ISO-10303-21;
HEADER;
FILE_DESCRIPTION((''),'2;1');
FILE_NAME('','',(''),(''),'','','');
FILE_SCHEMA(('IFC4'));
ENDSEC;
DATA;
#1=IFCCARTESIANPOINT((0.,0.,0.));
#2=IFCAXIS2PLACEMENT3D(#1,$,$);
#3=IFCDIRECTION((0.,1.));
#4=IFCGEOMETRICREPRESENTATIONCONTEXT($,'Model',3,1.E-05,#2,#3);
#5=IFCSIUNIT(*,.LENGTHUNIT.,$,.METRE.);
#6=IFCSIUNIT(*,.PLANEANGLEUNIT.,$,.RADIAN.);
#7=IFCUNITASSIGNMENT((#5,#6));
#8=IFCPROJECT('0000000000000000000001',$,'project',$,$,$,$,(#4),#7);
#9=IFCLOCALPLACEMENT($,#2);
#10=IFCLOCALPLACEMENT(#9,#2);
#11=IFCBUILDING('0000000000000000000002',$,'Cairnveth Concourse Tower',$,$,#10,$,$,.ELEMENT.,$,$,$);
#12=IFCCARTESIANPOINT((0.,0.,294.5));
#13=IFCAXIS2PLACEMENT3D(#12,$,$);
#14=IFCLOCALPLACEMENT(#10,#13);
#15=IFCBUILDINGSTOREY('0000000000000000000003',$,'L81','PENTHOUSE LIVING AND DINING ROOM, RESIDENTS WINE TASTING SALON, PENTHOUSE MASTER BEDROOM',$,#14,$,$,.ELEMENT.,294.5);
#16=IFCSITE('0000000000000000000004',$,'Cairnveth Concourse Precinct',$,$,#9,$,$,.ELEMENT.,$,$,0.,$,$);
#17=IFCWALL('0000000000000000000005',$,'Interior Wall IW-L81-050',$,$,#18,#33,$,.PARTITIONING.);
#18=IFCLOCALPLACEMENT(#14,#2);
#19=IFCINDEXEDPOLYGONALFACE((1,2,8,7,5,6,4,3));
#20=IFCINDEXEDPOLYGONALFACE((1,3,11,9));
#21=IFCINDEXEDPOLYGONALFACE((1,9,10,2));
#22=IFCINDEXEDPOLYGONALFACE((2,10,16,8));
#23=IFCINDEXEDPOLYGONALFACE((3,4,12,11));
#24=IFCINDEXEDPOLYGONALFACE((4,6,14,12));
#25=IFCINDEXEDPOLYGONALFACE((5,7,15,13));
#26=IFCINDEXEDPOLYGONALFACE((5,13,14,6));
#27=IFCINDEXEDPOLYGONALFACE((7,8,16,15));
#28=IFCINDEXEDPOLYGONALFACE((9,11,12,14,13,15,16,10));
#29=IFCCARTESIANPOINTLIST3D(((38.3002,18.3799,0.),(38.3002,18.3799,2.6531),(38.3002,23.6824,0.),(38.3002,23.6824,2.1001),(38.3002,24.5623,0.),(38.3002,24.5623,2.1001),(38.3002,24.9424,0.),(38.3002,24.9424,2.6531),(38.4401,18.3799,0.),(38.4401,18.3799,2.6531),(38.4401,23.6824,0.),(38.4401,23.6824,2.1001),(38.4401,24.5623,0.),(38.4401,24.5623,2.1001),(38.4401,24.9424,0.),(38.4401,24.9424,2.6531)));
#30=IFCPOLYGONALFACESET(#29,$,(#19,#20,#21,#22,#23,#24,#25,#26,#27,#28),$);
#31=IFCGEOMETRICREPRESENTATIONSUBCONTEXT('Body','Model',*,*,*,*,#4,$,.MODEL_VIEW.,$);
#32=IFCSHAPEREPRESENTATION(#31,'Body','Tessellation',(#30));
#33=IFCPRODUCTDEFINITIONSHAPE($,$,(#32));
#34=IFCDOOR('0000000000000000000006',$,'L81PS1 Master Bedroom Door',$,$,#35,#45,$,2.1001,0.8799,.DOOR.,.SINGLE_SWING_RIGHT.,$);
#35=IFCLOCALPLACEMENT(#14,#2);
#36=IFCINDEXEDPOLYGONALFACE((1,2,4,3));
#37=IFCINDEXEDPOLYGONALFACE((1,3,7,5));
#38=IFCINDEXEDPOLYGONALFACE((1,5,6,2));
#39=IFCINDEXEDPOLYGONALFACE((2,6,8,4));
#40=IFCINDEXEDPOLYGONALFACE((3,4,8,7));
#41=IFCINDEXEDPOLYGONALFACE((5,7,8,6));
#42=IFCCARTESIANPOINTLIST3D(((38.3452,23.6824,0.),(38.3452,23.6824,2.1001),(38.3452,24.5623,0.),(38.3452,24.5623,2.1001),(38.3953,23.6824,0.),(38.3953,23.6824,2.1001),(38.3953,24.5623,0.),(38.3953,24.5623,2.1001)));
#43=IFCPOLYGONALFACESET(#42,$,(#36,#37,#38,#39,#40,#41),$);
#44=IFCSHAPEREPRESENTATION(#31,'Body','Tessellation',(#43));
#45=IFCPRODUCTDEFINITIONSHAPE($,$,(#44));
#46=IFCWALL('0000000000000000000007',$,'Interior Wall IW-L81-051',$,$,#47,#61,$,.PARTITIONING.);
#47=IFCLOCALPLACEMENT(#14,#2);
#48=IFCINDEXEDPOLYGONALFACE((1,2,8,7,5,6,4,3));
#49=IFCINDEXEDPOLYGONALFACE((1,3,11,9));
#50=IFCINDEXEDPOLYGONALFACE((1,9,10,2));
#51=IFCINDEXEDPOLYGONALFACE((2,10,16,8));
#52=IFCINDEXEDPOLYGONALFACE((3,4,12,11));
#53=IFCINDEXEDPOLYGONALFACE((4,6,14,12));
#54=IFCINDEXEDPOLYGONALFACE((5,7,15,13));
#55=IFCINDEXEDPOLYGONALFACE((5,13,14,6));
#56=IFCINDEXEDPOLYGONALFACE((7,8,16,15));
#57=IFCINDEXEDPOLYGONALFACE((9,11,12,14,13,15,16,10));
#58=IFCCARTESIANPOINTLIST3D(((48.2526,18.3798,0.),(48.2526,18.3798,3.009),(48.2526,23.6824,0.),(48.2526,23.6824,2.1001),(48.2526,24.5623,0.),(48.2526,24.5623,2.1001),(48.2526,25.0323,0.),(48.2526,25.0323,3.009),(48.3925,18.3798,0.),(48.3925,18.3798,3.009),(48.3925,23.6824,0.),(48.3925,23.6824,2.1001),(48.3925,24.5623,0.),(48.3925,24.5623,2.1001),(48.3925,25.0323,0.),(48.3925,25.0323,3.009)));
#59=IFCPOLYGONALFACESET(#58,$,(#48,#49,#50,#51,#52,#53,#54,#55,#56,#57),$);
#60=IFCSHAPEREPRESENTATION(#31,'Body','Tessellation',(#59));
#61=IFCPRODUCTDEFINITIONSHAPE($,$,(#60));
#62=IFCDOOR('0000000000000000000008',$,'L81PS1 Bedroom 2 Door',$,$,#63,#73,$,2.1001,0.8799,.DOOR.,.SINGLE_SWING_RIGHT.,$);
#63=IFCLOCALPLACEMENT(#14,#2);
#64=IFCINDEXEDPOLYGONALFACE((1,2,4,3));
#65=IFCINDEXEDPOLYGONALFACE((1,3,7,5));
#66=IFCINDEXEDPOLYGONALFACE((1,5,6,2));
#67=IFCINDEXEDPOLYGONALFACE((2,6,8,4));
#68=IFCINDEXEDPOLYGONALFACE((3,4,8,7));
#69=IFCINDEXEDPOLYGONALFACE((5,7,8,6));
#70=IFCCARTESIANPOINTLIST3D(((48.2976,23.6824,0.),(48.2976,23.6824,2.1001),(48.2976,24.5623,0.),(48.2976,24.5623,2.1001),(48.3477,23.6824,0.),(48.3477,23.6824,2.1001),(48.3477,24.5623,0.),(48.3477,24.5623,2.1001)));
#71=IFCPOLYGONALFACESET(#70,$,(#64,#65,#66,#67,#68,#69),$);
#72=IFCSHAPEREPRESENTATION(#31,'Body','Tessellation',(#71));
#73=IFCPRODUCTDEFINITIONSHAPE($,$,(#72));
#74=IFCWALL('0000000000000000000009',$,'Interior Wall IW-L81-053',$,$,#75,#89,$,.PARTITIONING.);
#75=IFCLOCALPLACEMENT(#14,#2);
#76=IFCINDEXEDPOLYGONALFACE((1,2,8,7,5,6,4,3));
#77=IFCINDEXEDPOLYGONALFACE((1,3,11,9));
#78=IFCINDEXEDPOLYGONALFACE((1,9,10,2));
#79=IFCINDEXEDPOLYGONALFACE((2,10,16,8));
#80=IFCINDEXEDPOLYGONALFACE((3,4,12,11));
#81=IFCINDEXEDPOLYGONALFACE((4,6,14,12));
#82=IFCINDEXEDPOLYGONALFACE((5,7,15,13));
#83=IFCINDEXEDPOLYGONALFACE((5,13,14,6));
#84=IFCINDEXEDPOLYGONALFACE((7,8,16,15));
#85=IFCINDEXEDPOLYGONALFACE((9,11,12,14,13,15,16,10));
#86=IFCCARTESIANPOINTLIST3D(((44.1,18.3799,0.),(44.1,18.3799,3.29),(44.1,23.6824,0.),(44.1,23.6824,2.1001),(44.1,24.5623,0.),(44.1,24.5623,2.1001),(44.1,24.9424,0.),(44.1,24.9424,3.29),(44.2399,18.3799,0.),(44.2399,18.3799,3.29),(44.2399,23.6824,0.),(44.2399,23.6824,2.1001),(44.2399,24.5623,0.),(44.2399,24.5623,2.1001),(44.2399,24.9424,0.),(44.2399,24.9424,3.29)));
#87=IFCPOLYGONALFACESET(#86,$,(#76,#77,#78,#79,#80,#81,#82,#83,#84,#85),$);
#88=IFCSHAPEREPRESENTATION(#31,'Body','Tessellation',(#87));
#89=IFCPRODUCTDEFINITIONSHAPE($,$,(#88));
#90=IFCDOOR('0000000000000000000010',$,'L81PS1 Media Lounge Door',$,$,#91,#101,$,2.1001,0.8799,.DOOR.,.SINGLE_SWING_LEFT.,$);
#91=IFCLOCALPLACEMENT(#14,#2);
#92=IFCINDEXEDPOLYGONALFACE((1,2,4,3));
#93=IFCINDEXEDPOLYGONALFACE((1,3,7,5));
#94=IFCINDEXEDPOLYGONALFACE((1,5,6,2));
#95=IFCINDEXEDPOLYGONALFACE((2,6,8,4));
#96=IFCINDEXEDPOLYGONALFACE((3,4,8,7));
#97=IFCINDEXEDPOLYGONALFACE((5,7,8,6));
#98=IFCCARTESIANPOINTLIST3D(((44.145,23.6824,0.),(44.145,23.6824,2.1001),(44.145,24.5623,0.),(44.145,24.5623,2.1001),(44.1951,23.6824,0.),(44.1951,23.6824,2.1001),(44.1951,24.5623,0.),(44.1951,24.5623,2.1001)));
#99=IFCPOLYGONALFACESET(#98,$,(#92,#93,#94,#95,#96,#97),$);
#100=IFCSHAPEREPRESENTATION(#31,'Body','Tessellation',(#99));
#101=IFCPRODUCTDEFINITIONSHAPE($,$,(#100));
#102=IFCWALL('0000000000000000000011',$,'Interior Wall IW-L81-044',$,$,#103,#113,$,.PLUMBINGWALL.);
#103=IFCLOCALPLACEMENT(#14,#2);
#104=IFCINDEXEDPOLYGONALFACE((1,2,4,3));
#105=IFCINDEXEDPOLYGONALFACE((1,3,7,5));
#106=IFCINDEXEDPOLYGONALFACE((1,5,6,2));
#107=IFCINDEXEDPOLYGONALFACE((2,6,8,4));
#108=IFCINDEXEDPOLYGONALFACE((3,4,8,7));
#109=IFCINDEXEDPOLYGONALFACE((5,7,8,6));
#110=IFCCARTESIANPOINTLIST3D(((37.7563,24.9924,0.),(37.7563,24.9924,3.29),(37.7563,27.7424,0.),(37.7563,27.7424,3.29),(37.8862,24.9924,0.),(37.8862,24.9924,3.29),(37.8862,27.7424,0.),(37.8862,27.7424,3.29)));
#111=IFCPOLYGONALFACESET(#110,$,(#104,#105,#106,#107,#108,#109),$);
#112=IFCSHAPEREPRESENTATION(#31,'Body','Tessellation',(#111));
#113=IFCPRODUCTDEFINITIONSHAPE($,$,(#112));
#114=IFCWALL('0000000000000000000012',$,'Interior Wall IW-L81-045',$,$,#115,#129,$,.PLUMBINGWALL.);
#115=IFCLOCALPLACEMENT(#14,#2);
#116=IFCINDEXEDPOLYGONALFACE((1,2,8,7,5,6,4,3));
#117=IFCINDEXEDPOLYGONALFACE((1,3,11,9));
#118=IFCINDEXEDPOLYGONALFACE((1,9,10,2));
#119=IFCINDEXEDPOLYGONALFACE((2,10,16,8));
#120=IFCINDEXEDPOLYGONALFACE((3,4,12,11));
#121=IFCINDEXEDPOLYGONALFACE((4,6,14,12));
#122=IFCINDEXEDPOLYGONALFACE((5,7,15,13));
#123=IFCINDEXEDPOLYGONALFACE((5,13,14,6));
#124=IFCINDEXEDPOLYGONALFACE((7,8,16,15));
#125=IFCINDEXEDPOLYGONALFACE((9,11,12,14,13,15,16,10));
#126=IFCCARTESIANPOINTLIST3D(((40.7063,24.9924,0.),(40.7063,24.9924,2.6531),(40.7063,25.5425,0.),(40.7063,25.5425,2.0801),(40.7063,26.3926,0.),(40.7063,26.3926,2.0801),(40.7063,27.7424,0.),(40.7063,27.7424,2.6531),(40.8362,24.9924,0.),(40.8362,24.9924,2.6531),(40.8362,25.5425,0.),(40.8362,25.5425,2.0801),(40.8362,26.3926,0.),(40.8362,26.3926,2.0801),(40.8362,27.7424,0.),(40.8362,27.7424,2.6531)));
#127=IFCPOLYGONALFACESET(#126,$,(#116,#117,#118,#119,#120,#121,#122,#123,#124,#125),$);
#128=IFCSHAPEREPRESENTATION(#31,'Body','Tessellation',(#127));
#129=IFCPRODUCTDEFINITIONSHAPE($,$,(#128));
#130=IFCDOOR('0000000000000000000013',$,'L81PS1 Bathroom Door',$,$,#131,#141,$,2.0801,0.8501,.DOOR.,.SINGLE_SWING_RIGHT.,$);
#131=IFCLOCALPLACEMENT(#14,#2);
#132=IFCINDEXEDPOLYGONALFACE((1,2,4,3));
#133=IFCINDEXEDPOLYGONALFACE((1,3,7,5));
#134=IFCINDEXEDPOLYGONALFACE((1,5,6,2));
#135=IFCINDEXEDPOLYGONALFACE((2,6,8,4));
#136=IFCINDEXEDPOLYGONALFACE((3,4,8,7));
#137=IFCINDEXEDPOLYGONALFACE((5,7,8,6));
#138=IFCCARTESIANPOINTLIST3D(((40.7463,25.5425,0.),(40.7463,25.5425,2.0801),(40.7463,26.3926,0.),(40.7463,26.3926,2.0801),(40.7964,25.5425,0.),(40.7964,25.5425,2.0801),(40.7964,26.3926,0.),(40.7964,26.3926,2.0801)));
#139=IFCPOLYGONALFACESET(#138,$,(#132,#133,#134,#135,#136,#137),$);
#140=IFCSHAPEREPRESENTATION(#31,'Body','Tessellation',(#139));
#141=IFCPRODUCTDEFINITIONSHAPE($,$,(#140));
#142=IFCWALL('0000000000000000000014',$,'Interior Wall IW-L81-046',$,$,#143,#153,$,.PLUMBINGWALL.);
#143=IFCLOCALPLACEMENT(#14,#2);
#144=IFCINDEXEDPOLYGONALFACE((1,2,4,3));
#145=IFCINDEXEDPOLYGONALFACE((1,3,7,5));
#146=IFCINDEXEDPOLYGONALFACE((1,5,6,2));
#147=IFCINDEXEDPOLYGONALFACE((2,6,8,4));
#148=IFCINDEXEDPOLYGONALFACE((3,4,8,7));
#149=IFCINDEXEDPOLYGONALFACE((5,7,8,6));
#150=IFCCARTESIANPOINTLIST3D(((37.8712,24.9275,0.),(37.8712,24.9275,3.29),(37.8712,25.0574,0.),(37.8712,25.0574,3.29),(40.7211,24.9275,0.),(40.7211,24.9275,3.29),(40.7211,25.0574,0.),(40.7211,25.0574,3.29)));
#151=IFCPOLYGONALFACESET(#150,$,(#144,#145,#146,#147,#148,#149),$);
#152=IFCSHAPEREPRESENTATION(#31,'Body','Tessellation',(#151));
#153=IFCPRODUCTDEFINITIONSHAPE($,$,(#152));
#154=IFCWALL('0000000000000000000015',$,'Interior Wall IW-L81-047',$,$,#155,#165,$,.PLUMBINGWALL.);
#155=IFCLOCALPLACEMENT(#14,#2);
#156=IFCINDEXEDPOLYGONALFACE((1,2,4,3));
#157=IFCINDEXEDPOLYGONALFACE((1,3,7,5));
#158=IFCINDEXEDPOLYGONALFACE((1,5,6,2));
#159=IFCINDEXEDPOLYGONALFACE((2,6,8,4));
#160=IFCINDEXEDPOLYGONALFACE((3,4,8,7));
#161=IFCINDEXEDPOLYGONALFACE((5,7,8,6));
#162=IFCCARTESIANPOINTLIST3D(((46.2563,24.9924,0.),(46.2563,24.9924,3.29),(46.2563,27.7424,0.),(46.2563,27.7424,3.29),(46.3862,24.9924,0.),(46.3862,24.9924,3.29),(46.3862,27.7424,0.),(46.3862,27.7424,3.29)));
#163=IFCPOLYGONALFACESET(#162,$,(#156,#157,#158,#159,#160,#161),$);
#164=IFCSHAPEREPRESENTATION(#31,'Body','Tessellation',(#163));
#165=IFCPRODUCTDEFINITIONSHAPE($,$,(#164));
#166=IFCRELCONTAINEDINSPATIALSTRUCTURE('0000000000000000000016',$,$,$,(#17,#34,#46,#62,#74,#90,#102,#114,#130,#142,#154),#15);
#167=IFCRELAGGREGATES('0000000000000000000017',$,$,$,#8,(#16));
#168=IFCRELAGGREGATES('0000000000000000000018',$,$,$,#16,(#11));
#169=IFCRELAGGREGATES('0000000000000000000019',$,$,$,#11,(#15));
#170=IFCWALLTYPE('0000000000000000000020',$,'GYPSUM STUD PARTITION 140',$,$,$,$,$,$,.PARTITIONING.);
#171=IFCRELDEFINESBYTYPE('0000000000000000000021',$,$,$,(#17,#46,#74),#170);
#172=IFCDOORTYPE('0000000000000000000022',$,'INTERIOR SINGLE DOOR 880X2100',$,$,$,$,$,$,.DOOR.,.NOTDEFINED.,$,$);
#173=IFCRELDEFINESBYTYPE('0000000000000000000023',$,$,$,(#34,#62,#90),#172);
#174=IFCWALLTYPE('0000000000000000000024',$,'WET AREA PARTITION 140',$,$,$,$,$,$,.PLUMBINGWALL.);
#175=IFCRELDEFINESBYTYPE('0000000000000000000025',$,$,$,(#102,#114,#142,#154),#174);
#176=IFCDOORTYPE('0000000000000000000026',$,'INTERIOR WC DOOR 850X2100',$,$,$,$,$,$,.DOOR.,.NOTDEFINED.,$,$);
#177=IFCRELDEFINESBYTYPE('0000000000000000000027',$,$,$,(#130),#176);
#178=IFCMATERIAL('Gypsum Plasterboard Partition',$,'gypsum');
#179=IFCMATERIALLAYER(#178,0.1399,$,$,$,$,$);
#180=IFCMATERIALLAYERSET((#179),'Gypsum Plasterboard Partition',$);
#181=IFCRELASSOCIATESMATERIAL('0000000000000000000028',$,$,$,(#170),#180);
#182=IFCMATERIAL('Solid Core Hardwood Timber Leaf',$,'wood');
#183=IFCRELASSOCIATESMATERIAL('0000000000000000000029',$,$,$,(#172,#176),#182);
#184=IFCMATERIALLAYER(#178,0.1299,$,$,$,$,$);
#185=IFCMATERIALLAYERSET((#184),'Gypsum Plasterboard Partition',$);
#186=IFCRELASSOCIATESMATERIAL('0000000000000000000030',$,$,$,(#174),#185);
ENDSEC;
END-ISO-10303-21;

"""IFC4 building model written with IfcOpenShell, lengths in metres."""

from ifc_helpers import new_model, si_unit, direction, frame, frame_2d, origin, place, context, subcontext, project, spatial, rectangle, extrude, material, layer, layer_set, type_object, element, fill, save


model = new_model("IFC4")

# Units and contexts
model_context = context("Model", 3, precision=1e-05, world=origin(), true_north=direction((0.0, 1.0)))
body_context = subcontext(model_context, "Body", "Model", "MODEL_VIEW")
ifc_project = project(units=[si_unit("LENGTHUNIT", "METRE"), si_unit("PLANEANGLEUNIT", "RADIAN")], contexts=[model_context])

# Site, building, storey
site_placement = place(None, origin())
site = spatial("IfcSite", under=ifc_project, at=site_placement, Name="Cairnveth Concourse Precinct", CompositionType="ELEMENT", RefElevation=0.0)
building_placement = place(site_placement, origin())
building = spatial("IfcBuilding", under=site, at=building_placement, Name="Cairnveth Concourse Tower", CompositionType="ELEMENT")
storey_placement = place(building_placement, frame((0.0, 0.0, 294.5)))
storey = spatial("IfcBuildingStorey", under=building, at=storey_placement, Name="L81", Description="PENTHOUSE LIVING AND DINING ROOM, RESIDENTS WINE TASTING SALON, PENTHOUSE MASTER BEDROOM", CompositionType="ELEMENT", Elevation=294.5)

# Walls, openings, doors
ifc_material_1 = material(Name="Gypsum Plasterboard Partition", Category="gypsum")
ifc_layer_1 = layer(ifc_material_1, 0.1399)
ifc_layer_set_1 = layer_set([ifc_layer_1], Name="Gypsum Plasterboard Partition")
wall_type_1 = type_object("IfcWallType", Name="GYPSUM STUD PARTITION 140", PredefinedType="PARTITIONING", material=ifc_layer_set_1)
wall_1_placement = place(storey_placement, frame((38.3701, 18.3799, 0.0), z_axis=(0.0, 0.0, 1.0), x_axis=(0.0, 1.0, 0.0)))
wall_1 = element("IfcWall", 1, at=wall_1_placement, inside=storey, type_object=wall_type_1, Name="Interior Wall IW-L81-050", PredefinedType="PARTITIONING", context=body_context, shape_type="SweptSolid", body=[
    extrude(rectangle(XDim=6.5625, YDim=0.1399, at=frame_2d((3.2812, 0.0))), origin(), (0.0, 0.0, 1.0), 2.6531),
])
opening_1_placement = place(wall_1_placement, frame((5.3025, 0.0, 0.0)))
opening_1 = element("IfcOpeningElement", 2, at=opening_1_placement, cuts=wall_1, PredefinedType="OPENING", context=body_context, shape_type="SweptSolid", body=[
    extrude(rectangle(XDim=0.8799, YDim=2.1001, at=frame_2d((0.4399, 1.05))), frame((0.0, 0.0798, 0.0), z_axis=(0.0, -1.0, 0.0), x_axis=(1.0, 0.0, 0.0)), (0.0, 0.0, 1.0), 0.1599),
])
ifc_material_2 = material(Name="Solid Core Hardwood Timber Leaf", Category="wood")
door_type_1 = type_object("IfcDoorType", Name="INTERIOR SINGLE DOOR 880X2100", OperationType="NOTDEFINED", PredefinedType="DOOR", material=ifc_material_2)
door_1_placement = place(opening_1_placement, origin())
door_1 = element("IfcDoor", 3, at=door_1_placement, inside=storey, type_object=door_type_1, Name="L81PS1 Master Bedroom Door", OperationType="SINGLE_SWING_RIGHT", OverallHeight=2.1001, OverallWidth=0.8799, PredefinedType="DOOR", context=body_context, shape_type="SweptSolid", body=[
    extrude(rectangle(XDim=0.8799, YDim=2.1001, at=frame_2d((0.4399, 1.05))), frame((0.0, 0.0249, 0.0), z_axis=(0.0, -1.0, 0.0), x_axis=(1.0, 0.0, 0.0)), (0.0, 0.0, 1.0), 0.05),
])
fill(opening_1, door_1)
wall_2_placement = place(storey_placement, frame((48.3225, 18.3799, 0.0), z_axis=(0.0, 0.0, 1.0), x_axis=(0.0, 1.0, 0.0)))
wall_2 = element("IfcWall", 4, at=wall_2_placement, inside=storey, type_object=wall_type_1, Name="Interior Wall IW-L81-051", PredefinedType="PARTITIONING", context=body_context, shape_type="SweptSolid", body=[
    extrude(rectangle(XDim=6.6526, YDim=0.1399, at=frame_2d((3.3262, 0.0))), origin(), (0.0, 0.0, 1.0), 3.009),
])
opening_2_placement = place(wall_2_placement, frame((5.3025, 0.0, 0.0)))
opening_2 = element("IfcOpeningElement", 5, at=opening_2_placement, cuts=wall_2, PredefinedType="OPENING", context=body_context, shape_type="SweptSolid", body=[
    extrude(rectangle(XDim=0.8799, YDim=2.1001, at=frame_2d((0.4399, 1.05))), frame((0.0, 0.0798, 0.0), z_axis=(0.0, -1.0, 0.0), x_axis=(1.0, 0.0, 0.0)), (0.0, 0.0, 1.0), 0.1599),
])
door_2_placement = place(opening_2_placement, origin())
door_2 = element("IfcDoor", 6, at=door_2_placement, inside=storey, type_object=door_type_1, Name="L81PS1 Bedroom 2 Door", OperationType="SINGLE_SWING_RIGHT", OverallHeight=2.1001, OverallWidth=0.8799, PredefinedType="DOOR", context=body_context, shape_type="SweptSolid", body=[
    extrude(rectangle(XDim=0.8799, YDim=2.1001, at=frame_2d((0.4399, 1.05))), frame((0.0, 0.0249, 0.0), z_axis=(0.0, -1.0, 0.0), x_axis=(1.0, 0.0, 0.0)), (0.0, 0.0, 1.0), 0.05),
])
fill(opening_2, door_2)
wall_3_placement = place(storey_placement, frame((44.1699, 18.3799, 0.0), z_axis=(0.0, 0.0, 1.0), x_axis=(0.0, 1.0, 0.0)))
wall_3 = element("IfcWall", 7, at=wall_3_placement, inside=storey, type_object=wall_type_1, Name="Interior Wall IW-L81-053", PredefinedType="PARTITIONING", context=body_context, shape_type="SweptSolid", body=[
    extrude(rectangle(XDim=6.5625, YDim=0.1399, at=frame_2d((3.2812, 0.0))), origin(), (0.0, 0.0, 1.0), 3.29),
])
opening_3_placement = place(wall_3_placement, frame((5.3025, 0.0, 0.0)))
opening_3 = element("IfcOpeningElement", 8, at=opening_3_placement, cuts=wall_3, PredefinedType="OPENING", context=body_context, shape_type="SweptSolid", body=[
    extrude(rectangle(XDim=0.8799, YDim=2.1001, at=frame_2d((0.4399, 1.05))), frame((0.0, 0.0798, 0.0), z_axis=(0.0, -1.0, 0.0), x_axis=(1.0, 0.0, 0.0)), (0.0, 0.0, 1.0), 0.1599),
])
door_3_placement = place(opening_3_placement, origin())
door_3 = element("IfcDoor", 9, at=door_3_placement, inside=storey, type_object=door_type_1, Name="L81PS1 Media Lounge Door", OperationType="SINGLE_SWING_LEFT", OverallHeight=2.1001, OverallWidth=0.8799, PredefinedType="DOOR", context=body_context, shape_type="SweptSolid", body=[
    extrude(rectangle(XDim=0.8799, YDim=2.1001, at=frame_2d((0.4399, 1.05))), frame((0.0, 0.0249, 0.0), z_axis=(0.0, -1.0, 0.0), x_axis=(1.0, 0.0, 0.0)), (0.0, 0.0, 1.0), 0.05),
])
fill(opening_3, door_3)

# Wall
ifc_layer_2 = layer(ifc_material_1, 0.1299)
ifc_layer_set_2 = layer_set([ifc_layer_2], Name="Gypsum Plasterboard Partition")
wall_type_2 = type_object("IfcWallType", Name="WET AREA PARTITION 140", PredefinedType="PLUMBINGWALL", material=ifc_layer_set_2)
wall_4_placement = place(storey_placement, frame((37.8213, 24.9924, 0.0), z_axis=(0.0, 0.0, 1.0), x_axis=(0.0, 1.0, 0.0)))
element("IfcWall", 10, at=wall_4_placement, inside=storey, type_object=wall_type_2, Name="Interior Wall IW-L81-044", PredefinedType="PLUMBINGWALL", context=body_context, shape_type="SweptSolid", body=[
    extrude(rectangle(XDim=2.75, YDim=0.1299, at=frame_2d((1.375, 0.0))), origin(), (0.0, 0.0, 1.0), 3.29),
])

# Wall, opening, door
wall_5_placement = place(storey_placement, frame((40.7712, 24.9924, 0.0), z_axis=(0.0, 0.0, 1.0), x_axis=(0.0, 1.0, 0.0)))
wall_5 = element("IfcWall", 11, at=wall_5_placement, inside=storey, type_object=wall_type_2, Name="Interior Wall IW-L81-045", PredefinedType="PLUMBINGWALL", context=body_context, shape_type="SweptSolid", body=[
    extrude(rectangle(XDim=2.75, YDim=0.1299, at=frame_2d((1.375, 0.0))), origin(), (0.0, 0.0, 1.0), 2.6531),
])
opening_4_placement = place(wall_5_placement, frame((0.55, 0.0, 0.0)))
opening_4 = element("IfcOpeningElement", 12, at=opening_4_placement, cuts=wall_5, PredefinedType="OPENING", context=body_context, shape_type="SweptSolid", body=[
    extrude(rectangle(XDim=0.8501, YDim=2.0801, at=frame_2d((0.425, 1.04))), frame((0.0, 0.075, 0.0), z_axis=(0.0, -1.0, 0.0), x_axis=(1.0, 0.0, 0.0)), (0.0, 0.0, 1.0), 0.1499),
])
door_type_2 = type_object("IfcDoorType", Name="INTERIOR WC DOOR 850X2100", OperationType="NOTDEFINED", PredefinedType="DOOR", material=ifc_material_2)
door_4_placement = place(opening_4_placement, origin())
door_4 = element("IfcDoor", 13, at=door_4_placement, inside=storey, type_object=door_type_2, Name="L81PS1 Bathroom Door", OperationType="SINGLE_SWING_RIGHT", OverallHeight=2.0801, OverallWidth=0.8501, PredefinedType="DOOR", context=body_context, shape_type="SweptSolid", body=[
    extrude(rectangle(XDim=0.8501, YDim=2.0801, at=frame_2d((0.425, 1.04))), frame((0.0, 0.0249, 0.0), z_axis=(0.0, -1.0, 0.0), x_axis=(1.0, 0.0, 0.0)), (0.0, 0.0, 1.0), 0.05),
])
fill(opening_4, door_4)

# Walls
wall_6_placement = place(storey_placement, frame((37.8713, 24.9924, 0.0), z_axis=(0.0, 0.0, 1.0), x_axis=(1.0, 0.0, 0.0)))
element("IfcWall", 14, at=wall_6_placement, inside=storey, type_object=wall_type_2, Name="Interior Wall IW-L81-046", PredefinedType="PLUMBINGWALL", context=body_context, shape_type="SweptSolid", body=[
    extrude(rectangle(XDim=2.8499, YDim=0.1299, at=frame_2d((1.4248, 0.0))), origin(), (0.0, 0.0, 1.0), 3.29),
])
wall_7_placement = place(storey_placement, frame((46.3213, 24.9924, 0.0), z_axis=(0.0, 0.0, 1.0), x_axis=(0.0, 1.0, 0.0)))
element("IfcWall", 15, at=wall_7_placement, inside=storey, type_object=wall_type_2, Name="Interior Wall IW-L81-047", PredefinedType="PLUMBINGWALL", context=body_context, shape_type="SweptSolid", body=[
    extrude(rectangle(XDim=2.75, YDim=0.1299, at=frame_2d((1.375, 0.0))), origin(), (0.0, 0.0, 1.0), 3.29),
])

save(model, "model.ifc")
